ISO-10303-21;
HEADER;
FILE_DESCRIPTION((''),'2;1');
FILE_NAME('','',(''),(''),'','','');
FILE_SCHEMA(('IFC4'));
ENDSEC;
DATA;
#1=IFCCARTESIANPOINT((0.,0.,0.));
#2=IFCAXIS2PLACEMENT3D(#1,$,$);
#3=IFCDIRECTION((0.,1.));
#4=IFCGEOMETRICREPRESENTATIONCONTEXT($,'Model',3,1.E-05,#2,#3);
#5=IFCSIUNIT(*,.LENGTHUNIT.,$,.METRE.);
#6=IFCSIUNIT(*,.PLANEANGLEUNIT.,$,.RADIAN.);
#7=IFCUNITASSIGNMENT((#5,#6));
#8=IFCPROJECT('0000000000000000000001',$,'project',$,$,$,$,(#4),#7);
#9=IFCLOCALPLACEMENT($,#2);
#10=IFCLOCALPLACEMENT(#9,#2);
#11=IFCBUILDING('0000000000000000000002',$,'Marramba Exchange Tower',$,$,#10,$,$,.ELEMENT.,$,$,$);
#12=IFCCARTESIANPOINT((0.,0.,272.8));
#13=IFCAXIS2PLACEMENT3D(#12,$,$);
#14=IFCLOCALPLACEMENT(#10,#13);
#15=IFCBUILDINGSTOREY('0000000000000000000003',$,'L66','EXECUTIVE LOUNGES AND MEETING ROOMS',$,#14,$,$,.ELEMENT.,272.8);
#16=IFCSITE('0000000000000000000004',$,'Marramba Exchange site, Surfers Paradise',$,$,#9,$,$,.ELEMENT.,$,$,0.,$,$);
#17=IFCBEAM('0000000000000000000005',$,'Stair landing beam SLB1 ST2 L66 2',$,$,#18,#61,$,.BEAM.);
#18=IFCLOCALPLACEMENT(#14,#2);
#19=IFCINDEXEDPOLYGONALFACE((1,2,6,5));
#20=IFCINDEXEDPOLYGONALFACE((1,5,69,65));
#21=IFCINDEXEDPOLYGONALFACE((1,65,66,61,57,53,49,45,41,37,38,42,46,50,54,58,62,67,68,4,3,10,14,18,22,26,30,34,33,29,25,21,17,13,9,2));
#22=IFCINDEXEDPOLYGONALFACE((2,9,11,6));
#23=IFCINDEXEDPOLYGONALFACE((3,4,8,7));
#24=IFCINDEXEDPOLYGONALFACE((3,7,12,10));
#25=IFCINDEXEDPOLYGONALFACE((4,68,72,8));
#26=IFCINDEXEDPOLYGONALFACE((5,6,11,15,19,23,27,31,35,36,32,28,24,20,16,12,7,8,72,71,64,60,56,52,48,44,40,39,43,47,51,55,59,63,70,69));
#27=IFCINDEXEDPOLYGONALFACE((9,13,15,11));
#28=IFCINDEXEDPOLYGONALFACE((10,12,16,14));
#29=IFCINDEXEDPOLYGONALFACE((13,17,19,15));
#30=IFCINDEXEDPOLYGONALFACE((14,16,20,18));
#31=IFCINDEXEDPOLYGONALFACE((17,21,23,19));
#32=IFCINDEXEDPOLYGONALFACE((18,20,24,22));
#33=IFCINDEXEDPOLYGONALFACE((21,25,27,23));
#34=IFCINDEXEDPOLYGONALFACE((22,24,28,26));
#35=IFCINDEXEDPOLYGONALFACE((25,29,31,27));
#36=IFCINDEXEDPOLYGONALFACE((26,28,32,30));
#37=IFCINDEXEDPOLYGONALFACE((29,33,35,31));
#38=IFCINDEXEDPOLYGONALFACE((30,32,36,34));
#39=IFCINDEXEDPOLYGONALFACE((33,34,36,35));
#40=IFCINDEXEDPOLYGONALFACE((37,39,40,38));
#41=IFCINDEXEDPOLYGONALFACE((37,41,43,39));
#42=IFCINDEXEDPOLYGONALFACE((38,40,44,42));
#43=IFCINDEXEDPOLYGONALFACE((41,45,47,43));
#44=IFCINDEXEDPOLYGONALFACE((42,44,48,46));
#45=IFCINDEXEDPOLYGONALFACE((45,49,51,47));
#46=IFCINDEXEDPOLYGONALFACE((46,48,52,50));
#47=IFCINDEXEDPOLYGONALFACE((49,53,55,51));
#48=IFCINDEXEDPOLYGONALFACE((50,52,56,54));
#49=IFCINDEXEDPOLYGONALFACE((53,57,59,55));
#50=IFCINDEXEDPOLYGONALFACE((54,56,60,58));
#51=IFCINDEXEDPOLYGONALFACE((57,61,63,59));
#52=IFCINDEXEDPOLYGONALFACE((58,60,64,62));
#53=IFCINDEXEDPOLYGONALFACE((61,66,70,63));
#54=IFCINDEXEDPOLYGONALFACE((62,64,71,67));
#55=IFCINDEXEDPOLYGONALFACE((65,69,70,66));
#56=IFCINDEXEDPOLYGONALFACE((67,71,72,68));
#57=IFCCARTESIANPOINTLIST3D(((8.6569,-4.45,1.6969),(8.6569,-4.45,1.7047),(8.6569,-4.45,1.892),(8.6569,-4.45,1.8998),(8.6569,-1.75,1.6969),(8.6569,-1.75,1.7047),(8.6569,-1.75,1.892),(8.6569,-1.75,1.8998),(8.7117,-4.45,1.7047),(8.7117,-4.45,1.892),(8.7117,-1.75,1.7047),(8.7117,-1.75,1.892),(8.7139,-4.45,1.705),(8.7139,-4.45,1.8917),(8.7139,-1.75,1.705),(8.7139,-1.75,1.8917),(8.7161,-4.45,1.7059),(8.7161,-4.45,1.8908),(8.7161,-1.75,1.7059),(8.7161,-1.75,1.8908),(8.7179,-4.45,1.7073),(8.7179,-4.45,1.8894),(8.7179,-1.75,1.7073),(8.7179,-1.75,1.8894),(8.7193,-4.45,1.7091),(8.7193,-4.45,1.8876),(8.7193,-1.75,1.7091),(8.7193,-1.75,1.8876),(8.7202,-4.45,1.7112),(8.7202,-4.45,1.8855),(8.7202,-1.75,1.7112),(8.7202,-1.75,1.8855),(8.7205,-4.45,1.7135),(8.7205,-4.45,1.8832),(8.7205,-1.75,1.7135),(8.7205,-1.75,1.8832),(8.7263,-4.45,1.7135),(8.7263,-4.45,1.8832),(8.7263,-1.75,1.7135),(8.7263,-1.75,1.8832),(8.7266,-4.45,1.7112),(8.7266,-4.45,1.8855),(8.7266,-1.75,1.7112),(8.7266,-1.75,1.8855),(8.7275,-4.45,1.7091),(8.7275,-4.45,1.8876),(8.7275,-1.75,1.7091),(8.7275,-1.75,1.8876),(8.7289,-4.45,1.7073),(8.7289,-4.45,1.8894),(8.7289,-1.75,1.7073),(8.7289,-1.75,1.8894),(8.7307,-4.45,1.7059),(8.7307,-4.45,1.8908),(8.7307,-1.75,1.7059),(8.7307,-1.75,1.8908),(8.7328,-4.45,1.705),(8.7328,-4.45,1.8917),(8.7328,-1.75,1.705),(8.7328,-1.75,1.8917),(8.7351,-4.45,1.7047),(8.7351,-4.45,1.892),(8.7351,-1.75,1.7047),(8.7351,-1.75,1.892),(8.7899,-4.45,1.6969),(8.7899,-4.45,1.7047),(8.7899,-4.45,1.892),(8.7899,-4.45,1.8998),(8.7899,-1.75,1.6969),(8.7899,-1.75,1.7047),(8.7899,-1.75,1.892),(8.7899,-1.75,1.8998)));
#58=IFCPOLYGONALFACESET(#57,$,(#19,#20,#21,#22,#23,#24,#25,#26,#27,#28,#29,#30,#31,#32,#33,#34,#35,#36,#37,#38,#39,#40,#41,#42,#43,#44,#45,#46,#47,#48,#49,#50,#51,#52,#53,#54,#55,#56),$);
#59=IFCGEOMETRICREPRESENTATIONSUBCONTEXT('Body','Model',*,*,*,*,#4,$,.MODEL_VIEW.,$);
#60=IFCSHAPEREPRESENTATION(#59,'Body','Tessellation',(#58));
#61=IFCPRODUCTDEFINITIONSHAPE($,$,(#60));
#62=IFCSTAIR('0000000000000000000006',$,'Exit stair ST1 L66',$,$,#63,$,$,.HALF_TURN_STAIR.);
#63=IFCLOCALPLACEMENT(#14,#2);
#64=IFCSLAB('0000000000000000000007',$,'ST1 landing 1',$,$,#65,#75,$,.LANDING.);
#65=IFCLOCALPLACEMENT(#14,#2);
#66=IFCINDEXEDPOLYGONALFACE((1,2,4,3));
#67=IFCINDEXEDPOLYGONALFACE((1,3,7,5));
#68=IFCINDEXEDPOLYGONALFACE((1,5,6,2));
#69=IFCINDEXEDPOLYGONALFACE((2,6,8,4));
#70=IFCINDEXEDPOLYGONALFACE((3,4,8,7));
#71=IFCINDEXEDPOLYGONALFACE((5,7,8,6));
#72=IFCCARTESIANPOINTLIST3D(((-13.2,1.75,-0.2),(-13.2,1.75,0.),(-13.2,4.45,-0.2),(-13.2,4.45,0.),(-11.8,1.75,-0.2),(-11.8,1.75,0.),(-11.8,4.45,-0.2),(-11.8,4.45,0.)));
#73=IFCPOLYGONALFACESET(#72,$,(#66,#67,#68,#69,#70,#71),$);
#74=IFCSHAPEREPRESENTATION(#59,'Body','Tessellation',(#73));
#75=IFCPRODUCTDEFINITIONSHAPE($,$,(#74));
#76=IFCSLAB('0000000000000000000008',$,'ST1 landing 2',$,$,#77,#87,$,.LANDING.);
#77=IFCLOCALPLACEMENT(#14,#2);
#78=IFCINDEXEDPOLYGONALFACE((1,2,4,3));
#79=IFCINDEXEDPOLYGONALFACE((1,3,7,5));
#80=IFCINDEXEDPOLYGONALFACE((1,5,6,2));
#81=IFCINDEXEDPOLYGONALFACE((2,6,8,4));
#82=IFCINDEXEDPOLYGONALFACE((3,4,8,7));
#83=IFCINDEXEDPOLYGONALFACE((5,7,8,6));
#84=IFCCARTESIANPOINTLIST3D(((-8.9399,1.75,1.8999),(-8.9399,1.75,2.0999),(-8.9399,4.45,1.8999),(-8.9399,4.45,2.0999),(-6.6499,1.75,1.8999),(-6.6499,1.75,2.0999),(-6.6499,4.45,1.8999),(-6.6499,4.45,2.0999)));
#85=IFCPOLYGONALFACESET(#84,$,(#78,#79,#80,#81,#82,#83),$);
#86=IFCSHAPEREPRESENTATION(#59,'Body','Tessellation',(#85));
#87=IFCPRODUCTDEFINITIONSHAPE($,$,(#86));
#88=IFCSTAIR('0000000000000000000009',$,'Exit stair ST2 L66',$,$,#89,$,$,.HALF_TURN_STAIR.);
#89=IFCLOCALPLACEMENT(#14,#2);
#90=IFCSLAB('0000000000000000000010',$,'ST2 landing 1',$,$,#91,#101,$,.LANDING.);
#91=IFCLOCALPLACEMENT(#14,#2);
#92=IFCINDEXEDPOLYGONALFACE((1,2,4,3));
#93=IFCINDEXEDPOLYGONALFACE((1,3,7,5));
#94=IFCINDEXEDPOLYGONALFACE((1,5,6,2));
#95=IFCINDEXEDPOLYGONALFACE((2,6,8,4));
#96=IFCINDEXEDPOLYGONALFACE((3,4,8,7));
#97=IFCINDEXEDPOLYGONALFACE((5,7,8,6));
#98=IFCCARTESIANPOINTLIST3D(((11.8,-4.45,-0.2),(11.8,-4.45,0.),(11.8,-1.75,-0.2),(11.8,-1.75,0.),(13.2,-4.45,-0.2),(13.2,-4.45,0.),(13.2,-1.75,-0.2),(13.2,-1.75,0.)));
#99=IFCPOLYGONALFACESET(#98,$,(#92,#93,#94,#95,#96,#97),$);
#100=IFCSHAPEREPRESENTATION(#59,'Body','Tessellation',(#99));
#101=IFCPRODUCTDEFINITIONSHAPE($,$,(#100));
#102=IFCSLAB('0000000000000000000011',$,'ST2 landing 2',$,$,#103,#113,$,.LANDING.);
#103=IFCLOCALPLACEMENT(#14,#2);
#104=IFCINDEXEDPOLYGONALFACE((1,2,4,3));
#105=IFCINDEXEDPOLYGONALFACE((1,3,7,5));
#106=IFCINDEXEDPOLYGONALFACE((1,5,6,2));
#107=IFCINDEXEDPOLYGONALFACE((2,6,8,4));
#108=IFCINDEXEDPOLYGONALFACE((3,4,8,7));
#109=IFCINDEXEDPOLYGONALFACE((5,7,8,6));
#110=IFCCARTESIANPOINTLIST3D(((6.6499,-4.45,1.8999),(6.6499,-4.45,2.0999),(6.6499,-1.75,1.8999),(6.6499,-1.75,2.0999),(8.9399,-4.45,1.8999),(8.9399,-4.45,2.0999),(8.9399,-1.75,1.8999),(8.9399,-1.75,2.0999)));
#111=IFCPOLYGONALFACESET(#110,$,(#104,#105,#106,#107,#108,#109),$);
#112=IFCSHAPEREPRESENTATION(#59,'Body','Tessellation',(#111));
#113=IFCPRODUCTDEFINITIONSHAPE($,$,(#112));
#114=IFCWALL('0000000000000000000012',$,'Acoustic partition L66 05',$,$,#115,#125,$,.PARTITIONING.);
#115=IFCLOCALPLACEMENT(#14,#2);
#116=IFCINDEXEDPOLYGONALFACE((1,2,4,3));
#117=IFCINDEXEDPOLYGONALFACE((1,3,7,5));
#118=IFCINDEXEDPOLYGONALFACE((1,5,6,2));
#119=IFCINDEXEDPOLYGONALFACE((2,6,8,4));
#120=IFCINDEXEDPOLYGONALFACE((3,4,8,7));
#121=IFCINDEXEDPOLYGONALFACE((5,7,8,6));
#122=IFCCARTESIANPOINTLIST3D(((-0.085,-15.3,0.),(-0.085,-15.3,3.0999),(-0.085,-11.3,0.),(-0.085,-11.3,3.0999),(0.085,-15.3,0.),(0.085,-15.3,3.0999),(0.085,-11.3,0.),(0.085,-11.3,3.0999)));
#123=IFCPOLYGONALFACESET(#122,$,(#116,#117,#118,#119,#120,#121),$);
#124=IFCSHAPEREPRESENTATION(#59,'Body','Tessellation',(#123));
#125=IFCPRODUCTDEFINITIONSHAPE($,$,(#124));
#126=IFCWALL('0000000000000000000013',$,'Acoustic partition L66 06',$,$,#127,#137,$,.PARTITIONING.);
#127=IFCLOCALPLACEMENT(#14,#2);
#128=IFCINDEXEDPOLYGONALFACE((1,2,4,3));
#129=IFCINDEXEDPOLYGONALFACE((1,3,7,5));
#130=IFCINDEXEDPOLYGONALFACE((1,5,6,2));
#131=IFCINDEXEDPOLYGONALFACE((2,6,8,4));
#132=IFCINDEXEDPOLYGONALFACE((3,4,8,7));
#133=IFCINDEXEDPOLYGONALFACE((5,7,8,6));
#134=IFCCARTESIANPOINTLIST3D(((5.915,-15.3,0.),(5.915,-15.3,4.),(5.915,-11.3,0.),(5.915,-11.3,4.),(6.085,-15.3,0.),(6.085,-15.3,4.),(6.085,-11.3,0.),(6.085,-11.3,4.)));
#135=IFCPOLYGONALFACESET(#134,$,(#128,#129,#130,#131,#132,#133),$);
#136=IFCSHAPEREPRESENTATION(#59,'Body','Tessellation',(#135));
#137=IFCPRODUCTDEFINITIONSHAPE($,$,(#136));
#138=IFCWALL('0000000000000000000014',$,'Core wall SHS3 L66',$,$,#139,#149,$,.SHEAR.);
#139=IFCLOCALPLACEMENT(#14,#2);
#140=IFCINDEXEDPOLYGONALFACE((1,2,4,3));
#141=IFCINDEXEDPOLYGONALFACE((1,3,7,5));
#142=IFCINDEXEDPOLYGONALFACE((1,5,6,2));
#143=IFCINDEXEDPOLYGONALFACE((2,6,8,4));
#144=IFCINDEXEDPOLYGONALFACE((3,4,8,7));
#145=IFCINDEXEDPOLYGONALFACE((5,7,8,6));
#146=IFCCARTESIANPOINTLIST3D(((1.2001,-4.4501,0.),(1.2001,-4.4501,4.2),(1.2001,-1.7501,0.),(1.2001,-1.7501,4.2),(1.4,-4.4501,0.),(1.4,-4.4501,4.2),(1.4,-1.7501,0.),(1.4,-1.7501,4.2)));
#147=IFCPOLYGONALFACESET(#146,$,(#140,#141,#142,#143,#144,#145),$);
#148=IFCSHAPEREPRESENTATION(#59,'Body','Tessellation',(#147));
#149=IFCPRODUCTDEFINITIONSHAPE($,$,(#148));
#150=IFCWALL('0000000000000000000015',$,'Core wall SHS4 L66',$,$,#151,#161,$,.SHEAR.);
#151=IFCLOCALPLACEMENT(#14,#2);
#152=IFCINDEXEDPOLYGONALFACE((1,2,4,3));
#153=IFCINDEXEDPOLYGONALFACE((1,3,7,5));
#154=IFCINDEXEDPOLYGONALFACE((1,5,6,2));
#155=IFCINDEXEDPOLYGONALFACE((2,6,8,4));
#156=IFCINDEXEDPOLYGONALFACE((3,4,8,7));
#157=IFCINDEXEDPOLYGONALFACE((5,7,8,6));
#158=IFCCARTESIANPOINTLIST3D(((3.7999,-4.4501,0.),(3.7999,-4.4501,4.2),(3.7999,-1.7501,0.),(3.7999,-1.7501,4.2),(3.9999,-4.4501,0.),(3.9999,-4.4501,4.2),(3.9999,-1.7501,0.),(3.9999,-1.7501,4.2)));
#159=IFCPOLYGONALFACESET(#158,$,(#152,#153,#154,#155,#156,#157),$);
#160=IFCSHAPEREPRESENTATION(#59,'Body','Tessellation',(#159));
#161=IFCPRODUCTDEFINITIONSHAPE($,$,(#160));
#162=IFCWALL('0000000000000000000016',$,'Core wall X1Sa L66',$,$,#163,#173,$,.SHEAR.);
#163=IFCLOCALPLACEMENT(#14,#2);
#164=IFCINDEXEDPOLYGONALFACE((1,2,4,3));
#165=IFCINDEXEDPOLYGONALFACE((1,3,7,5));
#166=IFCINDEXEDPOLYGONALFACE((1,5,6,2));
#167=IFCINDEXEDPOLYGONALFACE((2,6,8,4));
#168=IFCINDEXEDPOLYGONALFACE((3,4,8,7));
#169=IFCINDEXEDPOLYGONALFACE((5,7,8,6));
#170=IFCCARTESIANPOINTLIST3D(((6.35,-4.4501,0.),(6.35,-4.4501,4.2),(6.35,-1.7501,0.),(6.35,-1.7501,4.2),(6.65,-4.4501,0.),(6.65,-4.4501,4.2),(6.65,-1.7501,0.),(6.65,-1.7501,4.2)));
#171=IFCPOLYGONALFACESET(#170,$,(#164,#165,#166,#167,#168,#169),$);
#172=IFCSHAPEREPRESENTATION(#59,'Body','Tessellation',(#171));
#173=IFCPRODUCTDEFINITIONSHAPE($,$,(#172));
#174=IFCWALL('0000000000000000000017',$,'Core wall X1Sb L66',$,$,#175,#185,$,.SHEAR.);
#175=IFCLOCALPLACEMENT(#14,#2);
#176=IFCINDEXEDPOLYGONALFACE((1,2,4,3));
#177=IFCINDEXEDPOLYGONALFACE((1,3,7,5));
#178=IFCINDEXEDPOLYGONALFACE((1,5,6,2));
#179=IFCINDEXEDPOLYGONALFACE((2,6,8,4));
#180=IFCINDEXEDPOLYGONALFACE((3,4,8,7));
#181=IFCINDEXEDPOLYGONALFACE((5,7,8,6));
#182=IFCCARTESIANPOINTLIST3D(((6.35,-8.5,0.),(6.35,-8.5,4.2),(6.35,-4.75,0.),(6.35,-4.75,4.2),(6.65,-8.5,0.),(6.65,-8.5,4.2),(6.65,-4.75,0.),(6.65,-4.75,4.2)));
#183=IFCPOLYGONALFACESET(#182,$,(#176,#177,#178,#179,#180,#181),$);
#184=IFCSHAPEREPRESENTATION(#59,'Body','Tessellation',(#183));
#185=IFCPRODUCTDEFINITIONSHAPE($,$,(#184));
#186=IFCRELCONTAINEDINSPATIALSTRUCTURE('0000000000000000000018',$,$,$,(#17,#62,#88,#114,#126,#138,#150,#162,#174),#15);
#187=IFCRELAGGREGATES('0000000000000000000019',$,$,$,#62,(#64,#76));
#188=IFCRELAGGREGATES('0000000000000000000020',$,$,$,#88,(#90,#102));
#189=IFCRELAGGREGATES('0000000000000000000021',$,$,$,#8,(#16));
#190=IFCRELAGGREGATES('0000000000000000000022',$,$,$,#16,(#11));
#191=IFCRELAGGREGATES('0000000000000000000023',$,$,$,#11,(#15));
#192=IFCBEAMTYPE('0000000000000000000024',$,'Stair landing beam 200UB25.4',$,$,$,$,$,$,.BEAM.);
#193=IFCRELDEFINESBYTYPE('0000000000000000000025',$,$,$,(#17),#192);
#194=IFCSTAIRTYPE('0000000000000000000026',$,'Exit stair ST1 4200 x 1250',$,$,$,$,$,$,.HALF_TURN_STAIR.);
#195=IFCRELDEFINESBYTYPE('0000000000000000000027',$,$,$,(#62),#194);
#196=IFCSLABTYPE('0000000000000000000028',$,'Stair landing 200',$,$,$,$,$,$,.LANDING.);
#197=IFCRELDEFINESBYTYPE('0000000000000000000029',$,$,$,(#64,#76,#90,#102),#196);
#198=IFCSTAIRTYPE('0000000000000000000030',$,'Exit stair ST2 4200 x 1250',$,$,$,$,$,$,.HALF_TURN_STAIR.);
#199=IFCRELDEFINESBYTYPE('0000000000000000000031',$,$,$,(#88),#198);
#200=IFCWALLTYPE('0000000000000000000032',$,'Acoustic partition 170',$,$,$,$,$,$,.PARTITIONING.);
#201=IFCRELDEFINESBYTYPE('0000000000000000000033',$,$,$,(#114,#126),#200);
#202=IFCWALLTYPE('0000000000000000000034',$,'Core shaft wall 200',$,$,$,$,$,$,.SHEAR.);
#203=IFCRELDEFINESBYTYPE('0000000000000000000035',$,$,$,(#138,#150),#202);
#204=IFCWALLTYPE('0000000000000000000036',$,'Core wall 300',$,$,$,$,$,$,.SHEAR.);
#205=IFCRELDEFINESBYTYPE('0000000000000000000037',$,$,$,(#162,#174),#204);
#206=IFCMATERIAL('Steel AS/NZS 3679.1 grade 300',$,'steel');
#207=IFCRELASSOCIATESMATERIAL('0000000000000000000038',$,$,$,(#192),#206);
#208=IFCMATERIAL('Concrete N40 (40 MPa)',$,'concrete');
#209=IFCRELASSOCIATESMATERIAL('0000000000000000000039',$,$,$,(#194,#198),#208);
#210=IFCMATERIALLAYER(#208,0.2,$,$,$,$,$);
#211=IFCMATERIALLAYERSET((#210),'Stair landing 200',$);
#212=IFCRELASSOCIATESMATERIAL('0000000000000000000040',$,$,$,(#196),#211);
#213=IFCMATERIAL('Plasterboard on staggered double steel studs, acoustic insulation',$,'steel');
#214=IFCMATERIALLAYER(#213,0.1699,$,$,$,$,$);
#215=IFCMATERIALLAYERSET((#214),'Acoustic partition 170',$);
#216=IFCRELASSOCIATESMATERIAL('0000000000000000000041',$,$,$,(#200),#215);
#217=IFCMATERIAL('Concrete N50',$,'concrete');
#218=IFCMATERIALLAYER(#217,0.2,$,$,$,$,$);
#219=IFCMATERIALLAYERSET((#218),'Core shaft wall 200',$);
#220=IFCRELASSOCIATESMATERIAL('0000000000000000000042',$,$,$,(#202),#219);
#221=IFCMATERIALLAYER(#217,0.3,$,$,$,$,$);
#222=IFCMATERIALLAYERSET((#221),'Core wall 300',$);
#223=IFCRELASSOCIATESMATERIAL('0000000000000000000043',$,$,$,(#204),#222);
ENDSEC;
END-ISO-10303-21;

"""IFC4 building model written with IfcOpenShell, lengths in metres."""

from ifc_helpers import new_model, si_unit, direction, frame, frame_2d, origin, origin_2d, place, context, subcontext, project, spatial, polyline, rectangle, i_section, outline, extrude, material, layer, layer_set, material_profile, profile_set, type_object, element, aggregate, save


model = new_model("IFC4")

# Units and contexts
model_context = context("Model", 3, precision=1e-05, world=origin(), true_north=direction((0.0, 1.0)))
body_context = subcontext(model_context, "Body", "Model", "MODEL_VIEW")
ifc_project = project(units=[si_unit("LENGTHUNIT", "METRE"), si_unit("PLANEANGLEUNIT", "RADIAN")], contexts=[model_context])

# Site, building, storey
site_placement = place(None, origin())
site = spatial("IfcSite", under=ifc_project, at=site_placement, Name="Marramba Exchange site, Surfers Paradise", CompositionType="ELEMENT", RefElevation=0.0)
building_placement = place(site_placement, origin())
building = spatial("IfcBuilding", under=site, at=building_placement, Name="Marramba Exchange Tower", CompositionType="ELEMENT")
storey_placement = place(building_placement, frame((0.0, 0.0, 272.8)))
storey = spatial("IfcBuildingStorey", under=building, at=storey_placement, Name="L66", Description="EXECUTIVE LOUNGES AND MEETING ROOMS", CompositionType="ELEMENT", Elevation=272.8)

# Beam
ifc_material_1 = material(Name="Steel AS/NZS 3679.1 grade 300", Category="steel")
ifc_material_profile_1 = material_profile(ifc_material_1, i_section(OverallWidth=0.1331, OverallDepth=0.2029, WebThickness=0.0059, FlangeThickness=0.0078, FilletRadius=0.0088, at=origin_2d()), Name="200UB25.4")
ifc_profile_set_1 = profile_set([ifc_material_profile_1], Name="Steel AS/NZS 3679.1 grade 300")
beam_type_1 = type_object("IfcBeamType", Name="Stair landing beam 200UB25.4", PredefinedType="BEAM", material=ifc_profile_set_1)
for number, where, z_axis, x_axis, name in (
    (1, (8.7234, -4.45, 1.7983), (0.0, 1.0, 0.0), (-1.0, 0.0, 0.0), "Stair landing beam SLB1 ST2 L66 2"),
):
    element("IfcBeam", number, at=place(storey_placement, frame(where, z_axis=z_axis, x_axis=x_axis)), inside=storey, type_object=beam_type_1, Name=name, PredefinedType="BEAM", context=body_context, shape_type="SweptSolid", body=[
        extrude(i_section(OverallWidth=0.1331, OverallDepth=0.2029, WebThickness=0.0059, FlangeThickness=0.0078, FilletRadius=0.0088, at=origin_2d()), origin(), (0.0, 0.0, 1.0), 2.7),
    ])

# Stairs, slabs
ifc_material_2 = material(Name="Concrete N40 (40 MPa)", Category="concrete")
stair_type_1 = type_object("IfcStairType", Name="Exit stair ST1 4200 x 1250", PredefinedType="HALF_TURN_STAIR", material=ifc_material_2)
stair_1_placement = place(storey_placement, origin())
stair_1 = element("IfcStair", 2, at=stair_1_placement, inside=storey, type_object=stair_type_1, Name="Exit stair ST1 L66", PredefinedType="HALF_TURN_STAIR")
ifc_layer_1 = layer(ifc_material_2, 0.2)
ifc_layer_set_1 = layer_set([ifc_layer_1], Name="Stair landing 200")
slab_type = type_object("IfcSlabType", Name="Stair landing 200", PredefinedType="LANDING", material=ifc_layer_set_1)
slab_1_placement = place(storey_placement, frame((0.0, 0.0, -0.2)))
slab_1 = element("IfcSlab", 3, at=slab_1_placement, type_object=slab_type, Name="ST1 landing 1", PredefinedType="LANDING", context=body_context, shape_type="SweptSolid", body=[
    extrude(outline(polyline([(-13.2, 1.75), (-11.8, 1.75), (-11.8, 4.45), (-13.2, 4.45), (-13.2, 1.75)])), origin(), (0.0, 0.0, 1.0), 0.2),
])
slab_2_placement = place(storey_placement, frame((0.0, 0.0, 1.8999)))
slab_2 = element("IfcSlab", 4, at=slab_2_placement, type_object=slab_type, Name="ST1 landing 2", PredefinedType="LANDING", context=body_context, shape_type="SweptSolid", body=[
    extrude(outline(polyline([(-8.9399, 1.75), (-6.6499, 1.75), (-6.6499, 4.45), (-8.9399, 4.45), (-8.9399, 1.75)])), origin(), (0.0, 0.0, 1.0), 0.2),
])
aggregate(stair_1, [slab_1, slab_2])
stair_type_2 = type_object("IfcStairType", Name="Exit stair ST2 4200 x 1250", PredefinedType="HALF_TURN_STAIR", material=ifc_material_2)
stair_2_placement = place(storey_placement, origin())
stair_2 = element("IfcStair", 5, at=stair_2_placement, inside=storey, type_object=stair_type_2, Name="Exit stair ST2 L66", PredefinedType="HALF_TURN_STAIR")
slab_3_placement = place(storey_placement, frame((0.0, 0.0, -0.2)))
slab_3 = element("IfcSlab", 6, at=slab_3_placement, type_object=slab_type, Name="ST2 landing 1", PredefinedType="LANDING", context=body_context, shape_type="SweptSolid", body=[
    extrude(outline(polyline([(11.8, -4.45), (13.2, -4.45), (13.2, -1.75), (11.8, -1.75), (11.8, -4.45)])), origin(), (0.0, 0.0, 1.0), 0.2),
])
slab_4_placement = place(storey_placement, frame((0.0, 0.0, 1.8999)))
slab_4 = element("IfcSlab", 7, at=slab_4_placement, type_object=slab_type, Name="ST2 landing 2", PredefinedType="LANDING", context=body_context, shape_type="SweptSolid", body=[
    extrude(outline(polyline([(6.6499, -4.45), (8.9399, -4.45), (8.9399, -1.75), (6.6499, -1.75), (6.6499, -4.45)])), origin(), (0.0, 0.0, 1.0), 0.2),
])

# Walls
ifc_material_3 = material(Name="Plasterboard on staggered double steel studs, acoustic insulation", Category="steel")
ifc_layer_2 = layer(ifc_material_3, 0.1699)
ifc_layer_set_2 = layer_set([ifc_layer_2], Name="Acoustic partition 170")
wall_type_1 = type_object("IfcWallType", Name="Acoustic partition 170", PredefinedType="PARTITIONING", material=ifc_layer_set_2)
wall_1_placement = place(storey_placement, frame((0.0, -11.3, 0.0), z_axis=(0.0, 0.0, 1.0), x_axis=(0.0, -1.0, 0.0)))
element("IfcWall", 8, at=wall_1_placement, inside=storey, type_object=wall_type_1, Name="Acoustic partition L66 05", PredefinedType="PARTITIONING", context=body_context, shape_type="SweptSolid", body=[
    extrude(rectangle(XDim=4.0, YDim=0.1699, at=frame_2d((2.0, 0.0))), origin(), (0.0, 0.0, 1.0), 3.0999),
])
wall_2_placement = place(storey_placement, frame((6.0, -11.3, 0.0), z_axis=(0.0, 0.0, 1.0), x_axis=(0.0, -1.0, 0.0)))
element("IfcWall", 9, at=wall_2_placement, inside=storey, type_object=wall_type_1, Name="Acoustic partition L66 06", PredefinedType="PARTITIONING", context=body_context, shape_type="SweptSolid", body=[
    extrude(rectangle(XDim=4.0, YDim=0.1699, at=frame_2d((2.0, 0.0))), origin(), (0.0, 0.0, 1.0), 4.0),
])
ifc_material_4 = material(Name="Concrete N50", Category="concrete")
ifc_layer_3 = layer(ifc_material_4, 0.2)
ifc_layer_set_3 = layer_set([ifc_layer_3], Name="Core shaft wall 200")
wall_type_2 = type_object("IfcWallType", Name="Core shaft wall 200", PredefinedType="SHEAR", material=ifc_layer_set_3)
for number, where, z_axis, x_axis, name in (
    (10, (1.3, -1.75, 0.0), (0.0, 0.0, 1.0), (0.0, -1.0, 0.0), "Core wall SHS3 L66"),
    (11, (3.8999, -1.75, 0.0), (0.0, 0.0, 1.0), (0.0, -1.0, 0.0), "Core wall SHS4 L66"),
):
    element("IfcWall", number, at=place(storey_placement, frame(where, z_axis=z_axis, x_axis=x_axis)), inside=storey, type_object=wall_type_2, Name=name, PredefinedType="SHEAR", context=body_context, shape_type="SweptSolid", body=[
        extrude(rectangle(XDim=2.7, YDim=0.2, at=frame_2d((1.3501, 0.0))), origin(), (0.0, 0.0, 1.0), 4.2),
    ])
ifc_layer_4 = layer(ifc_material_4, 0.3)
ifc_layer_set_4 = layer_set([ifc_layer_4], Name="Core wall 300")
wall_type_3 = type_object("IfcWallType", Name="Core wall 300", PredefinedType="SHEAR", material=ifc_layer_set_4)
wall_3_placement = place(storey_placement, frame((6.5, -1.75, 0.0), z_axis=(0.0, 0.0, 1.0), x_axis=(0.0, -1.0, 0.0)))
element("IfcWall", 12, at=wall_3_placement, inside=storey, type_object=wall_type_3, Name="Core wall X1Sa L66", PredefinedType="SHEAR", context=body_context, shape_type="SweptSolid", body=[
    extrude(rectangle(XDim=2.7, YDim=0.3, at=frame_2d((1.3501, 0.0))), origin(), (0.0, 0.0, 1.0), 4.2),
])
wall_4_placement = place(storey_placement, frame((6.5, -4.75, 0.0), z_axis=(0.0, 0.0, 1.0), x_axis=(0.0, -1.0, 0.0)))
element("IfcWall", 13, at=wall_4_placement, inside=storey, type_object=wall_type_3, Name="Core wall X1Sb L66", PredefinedType="SHEAR", context=body_context, shape_type="SweptSolid", body=[
    extrude(rectangle(XDim=3.75, YDim=0.3, at=frame_2d((1.875, 0.0))), origin(), (0.0, 0.0, 1.0), 4.2),
])

aggregate(stair_2, [slab_3, slab_4])

save(model, "model.ifc")
